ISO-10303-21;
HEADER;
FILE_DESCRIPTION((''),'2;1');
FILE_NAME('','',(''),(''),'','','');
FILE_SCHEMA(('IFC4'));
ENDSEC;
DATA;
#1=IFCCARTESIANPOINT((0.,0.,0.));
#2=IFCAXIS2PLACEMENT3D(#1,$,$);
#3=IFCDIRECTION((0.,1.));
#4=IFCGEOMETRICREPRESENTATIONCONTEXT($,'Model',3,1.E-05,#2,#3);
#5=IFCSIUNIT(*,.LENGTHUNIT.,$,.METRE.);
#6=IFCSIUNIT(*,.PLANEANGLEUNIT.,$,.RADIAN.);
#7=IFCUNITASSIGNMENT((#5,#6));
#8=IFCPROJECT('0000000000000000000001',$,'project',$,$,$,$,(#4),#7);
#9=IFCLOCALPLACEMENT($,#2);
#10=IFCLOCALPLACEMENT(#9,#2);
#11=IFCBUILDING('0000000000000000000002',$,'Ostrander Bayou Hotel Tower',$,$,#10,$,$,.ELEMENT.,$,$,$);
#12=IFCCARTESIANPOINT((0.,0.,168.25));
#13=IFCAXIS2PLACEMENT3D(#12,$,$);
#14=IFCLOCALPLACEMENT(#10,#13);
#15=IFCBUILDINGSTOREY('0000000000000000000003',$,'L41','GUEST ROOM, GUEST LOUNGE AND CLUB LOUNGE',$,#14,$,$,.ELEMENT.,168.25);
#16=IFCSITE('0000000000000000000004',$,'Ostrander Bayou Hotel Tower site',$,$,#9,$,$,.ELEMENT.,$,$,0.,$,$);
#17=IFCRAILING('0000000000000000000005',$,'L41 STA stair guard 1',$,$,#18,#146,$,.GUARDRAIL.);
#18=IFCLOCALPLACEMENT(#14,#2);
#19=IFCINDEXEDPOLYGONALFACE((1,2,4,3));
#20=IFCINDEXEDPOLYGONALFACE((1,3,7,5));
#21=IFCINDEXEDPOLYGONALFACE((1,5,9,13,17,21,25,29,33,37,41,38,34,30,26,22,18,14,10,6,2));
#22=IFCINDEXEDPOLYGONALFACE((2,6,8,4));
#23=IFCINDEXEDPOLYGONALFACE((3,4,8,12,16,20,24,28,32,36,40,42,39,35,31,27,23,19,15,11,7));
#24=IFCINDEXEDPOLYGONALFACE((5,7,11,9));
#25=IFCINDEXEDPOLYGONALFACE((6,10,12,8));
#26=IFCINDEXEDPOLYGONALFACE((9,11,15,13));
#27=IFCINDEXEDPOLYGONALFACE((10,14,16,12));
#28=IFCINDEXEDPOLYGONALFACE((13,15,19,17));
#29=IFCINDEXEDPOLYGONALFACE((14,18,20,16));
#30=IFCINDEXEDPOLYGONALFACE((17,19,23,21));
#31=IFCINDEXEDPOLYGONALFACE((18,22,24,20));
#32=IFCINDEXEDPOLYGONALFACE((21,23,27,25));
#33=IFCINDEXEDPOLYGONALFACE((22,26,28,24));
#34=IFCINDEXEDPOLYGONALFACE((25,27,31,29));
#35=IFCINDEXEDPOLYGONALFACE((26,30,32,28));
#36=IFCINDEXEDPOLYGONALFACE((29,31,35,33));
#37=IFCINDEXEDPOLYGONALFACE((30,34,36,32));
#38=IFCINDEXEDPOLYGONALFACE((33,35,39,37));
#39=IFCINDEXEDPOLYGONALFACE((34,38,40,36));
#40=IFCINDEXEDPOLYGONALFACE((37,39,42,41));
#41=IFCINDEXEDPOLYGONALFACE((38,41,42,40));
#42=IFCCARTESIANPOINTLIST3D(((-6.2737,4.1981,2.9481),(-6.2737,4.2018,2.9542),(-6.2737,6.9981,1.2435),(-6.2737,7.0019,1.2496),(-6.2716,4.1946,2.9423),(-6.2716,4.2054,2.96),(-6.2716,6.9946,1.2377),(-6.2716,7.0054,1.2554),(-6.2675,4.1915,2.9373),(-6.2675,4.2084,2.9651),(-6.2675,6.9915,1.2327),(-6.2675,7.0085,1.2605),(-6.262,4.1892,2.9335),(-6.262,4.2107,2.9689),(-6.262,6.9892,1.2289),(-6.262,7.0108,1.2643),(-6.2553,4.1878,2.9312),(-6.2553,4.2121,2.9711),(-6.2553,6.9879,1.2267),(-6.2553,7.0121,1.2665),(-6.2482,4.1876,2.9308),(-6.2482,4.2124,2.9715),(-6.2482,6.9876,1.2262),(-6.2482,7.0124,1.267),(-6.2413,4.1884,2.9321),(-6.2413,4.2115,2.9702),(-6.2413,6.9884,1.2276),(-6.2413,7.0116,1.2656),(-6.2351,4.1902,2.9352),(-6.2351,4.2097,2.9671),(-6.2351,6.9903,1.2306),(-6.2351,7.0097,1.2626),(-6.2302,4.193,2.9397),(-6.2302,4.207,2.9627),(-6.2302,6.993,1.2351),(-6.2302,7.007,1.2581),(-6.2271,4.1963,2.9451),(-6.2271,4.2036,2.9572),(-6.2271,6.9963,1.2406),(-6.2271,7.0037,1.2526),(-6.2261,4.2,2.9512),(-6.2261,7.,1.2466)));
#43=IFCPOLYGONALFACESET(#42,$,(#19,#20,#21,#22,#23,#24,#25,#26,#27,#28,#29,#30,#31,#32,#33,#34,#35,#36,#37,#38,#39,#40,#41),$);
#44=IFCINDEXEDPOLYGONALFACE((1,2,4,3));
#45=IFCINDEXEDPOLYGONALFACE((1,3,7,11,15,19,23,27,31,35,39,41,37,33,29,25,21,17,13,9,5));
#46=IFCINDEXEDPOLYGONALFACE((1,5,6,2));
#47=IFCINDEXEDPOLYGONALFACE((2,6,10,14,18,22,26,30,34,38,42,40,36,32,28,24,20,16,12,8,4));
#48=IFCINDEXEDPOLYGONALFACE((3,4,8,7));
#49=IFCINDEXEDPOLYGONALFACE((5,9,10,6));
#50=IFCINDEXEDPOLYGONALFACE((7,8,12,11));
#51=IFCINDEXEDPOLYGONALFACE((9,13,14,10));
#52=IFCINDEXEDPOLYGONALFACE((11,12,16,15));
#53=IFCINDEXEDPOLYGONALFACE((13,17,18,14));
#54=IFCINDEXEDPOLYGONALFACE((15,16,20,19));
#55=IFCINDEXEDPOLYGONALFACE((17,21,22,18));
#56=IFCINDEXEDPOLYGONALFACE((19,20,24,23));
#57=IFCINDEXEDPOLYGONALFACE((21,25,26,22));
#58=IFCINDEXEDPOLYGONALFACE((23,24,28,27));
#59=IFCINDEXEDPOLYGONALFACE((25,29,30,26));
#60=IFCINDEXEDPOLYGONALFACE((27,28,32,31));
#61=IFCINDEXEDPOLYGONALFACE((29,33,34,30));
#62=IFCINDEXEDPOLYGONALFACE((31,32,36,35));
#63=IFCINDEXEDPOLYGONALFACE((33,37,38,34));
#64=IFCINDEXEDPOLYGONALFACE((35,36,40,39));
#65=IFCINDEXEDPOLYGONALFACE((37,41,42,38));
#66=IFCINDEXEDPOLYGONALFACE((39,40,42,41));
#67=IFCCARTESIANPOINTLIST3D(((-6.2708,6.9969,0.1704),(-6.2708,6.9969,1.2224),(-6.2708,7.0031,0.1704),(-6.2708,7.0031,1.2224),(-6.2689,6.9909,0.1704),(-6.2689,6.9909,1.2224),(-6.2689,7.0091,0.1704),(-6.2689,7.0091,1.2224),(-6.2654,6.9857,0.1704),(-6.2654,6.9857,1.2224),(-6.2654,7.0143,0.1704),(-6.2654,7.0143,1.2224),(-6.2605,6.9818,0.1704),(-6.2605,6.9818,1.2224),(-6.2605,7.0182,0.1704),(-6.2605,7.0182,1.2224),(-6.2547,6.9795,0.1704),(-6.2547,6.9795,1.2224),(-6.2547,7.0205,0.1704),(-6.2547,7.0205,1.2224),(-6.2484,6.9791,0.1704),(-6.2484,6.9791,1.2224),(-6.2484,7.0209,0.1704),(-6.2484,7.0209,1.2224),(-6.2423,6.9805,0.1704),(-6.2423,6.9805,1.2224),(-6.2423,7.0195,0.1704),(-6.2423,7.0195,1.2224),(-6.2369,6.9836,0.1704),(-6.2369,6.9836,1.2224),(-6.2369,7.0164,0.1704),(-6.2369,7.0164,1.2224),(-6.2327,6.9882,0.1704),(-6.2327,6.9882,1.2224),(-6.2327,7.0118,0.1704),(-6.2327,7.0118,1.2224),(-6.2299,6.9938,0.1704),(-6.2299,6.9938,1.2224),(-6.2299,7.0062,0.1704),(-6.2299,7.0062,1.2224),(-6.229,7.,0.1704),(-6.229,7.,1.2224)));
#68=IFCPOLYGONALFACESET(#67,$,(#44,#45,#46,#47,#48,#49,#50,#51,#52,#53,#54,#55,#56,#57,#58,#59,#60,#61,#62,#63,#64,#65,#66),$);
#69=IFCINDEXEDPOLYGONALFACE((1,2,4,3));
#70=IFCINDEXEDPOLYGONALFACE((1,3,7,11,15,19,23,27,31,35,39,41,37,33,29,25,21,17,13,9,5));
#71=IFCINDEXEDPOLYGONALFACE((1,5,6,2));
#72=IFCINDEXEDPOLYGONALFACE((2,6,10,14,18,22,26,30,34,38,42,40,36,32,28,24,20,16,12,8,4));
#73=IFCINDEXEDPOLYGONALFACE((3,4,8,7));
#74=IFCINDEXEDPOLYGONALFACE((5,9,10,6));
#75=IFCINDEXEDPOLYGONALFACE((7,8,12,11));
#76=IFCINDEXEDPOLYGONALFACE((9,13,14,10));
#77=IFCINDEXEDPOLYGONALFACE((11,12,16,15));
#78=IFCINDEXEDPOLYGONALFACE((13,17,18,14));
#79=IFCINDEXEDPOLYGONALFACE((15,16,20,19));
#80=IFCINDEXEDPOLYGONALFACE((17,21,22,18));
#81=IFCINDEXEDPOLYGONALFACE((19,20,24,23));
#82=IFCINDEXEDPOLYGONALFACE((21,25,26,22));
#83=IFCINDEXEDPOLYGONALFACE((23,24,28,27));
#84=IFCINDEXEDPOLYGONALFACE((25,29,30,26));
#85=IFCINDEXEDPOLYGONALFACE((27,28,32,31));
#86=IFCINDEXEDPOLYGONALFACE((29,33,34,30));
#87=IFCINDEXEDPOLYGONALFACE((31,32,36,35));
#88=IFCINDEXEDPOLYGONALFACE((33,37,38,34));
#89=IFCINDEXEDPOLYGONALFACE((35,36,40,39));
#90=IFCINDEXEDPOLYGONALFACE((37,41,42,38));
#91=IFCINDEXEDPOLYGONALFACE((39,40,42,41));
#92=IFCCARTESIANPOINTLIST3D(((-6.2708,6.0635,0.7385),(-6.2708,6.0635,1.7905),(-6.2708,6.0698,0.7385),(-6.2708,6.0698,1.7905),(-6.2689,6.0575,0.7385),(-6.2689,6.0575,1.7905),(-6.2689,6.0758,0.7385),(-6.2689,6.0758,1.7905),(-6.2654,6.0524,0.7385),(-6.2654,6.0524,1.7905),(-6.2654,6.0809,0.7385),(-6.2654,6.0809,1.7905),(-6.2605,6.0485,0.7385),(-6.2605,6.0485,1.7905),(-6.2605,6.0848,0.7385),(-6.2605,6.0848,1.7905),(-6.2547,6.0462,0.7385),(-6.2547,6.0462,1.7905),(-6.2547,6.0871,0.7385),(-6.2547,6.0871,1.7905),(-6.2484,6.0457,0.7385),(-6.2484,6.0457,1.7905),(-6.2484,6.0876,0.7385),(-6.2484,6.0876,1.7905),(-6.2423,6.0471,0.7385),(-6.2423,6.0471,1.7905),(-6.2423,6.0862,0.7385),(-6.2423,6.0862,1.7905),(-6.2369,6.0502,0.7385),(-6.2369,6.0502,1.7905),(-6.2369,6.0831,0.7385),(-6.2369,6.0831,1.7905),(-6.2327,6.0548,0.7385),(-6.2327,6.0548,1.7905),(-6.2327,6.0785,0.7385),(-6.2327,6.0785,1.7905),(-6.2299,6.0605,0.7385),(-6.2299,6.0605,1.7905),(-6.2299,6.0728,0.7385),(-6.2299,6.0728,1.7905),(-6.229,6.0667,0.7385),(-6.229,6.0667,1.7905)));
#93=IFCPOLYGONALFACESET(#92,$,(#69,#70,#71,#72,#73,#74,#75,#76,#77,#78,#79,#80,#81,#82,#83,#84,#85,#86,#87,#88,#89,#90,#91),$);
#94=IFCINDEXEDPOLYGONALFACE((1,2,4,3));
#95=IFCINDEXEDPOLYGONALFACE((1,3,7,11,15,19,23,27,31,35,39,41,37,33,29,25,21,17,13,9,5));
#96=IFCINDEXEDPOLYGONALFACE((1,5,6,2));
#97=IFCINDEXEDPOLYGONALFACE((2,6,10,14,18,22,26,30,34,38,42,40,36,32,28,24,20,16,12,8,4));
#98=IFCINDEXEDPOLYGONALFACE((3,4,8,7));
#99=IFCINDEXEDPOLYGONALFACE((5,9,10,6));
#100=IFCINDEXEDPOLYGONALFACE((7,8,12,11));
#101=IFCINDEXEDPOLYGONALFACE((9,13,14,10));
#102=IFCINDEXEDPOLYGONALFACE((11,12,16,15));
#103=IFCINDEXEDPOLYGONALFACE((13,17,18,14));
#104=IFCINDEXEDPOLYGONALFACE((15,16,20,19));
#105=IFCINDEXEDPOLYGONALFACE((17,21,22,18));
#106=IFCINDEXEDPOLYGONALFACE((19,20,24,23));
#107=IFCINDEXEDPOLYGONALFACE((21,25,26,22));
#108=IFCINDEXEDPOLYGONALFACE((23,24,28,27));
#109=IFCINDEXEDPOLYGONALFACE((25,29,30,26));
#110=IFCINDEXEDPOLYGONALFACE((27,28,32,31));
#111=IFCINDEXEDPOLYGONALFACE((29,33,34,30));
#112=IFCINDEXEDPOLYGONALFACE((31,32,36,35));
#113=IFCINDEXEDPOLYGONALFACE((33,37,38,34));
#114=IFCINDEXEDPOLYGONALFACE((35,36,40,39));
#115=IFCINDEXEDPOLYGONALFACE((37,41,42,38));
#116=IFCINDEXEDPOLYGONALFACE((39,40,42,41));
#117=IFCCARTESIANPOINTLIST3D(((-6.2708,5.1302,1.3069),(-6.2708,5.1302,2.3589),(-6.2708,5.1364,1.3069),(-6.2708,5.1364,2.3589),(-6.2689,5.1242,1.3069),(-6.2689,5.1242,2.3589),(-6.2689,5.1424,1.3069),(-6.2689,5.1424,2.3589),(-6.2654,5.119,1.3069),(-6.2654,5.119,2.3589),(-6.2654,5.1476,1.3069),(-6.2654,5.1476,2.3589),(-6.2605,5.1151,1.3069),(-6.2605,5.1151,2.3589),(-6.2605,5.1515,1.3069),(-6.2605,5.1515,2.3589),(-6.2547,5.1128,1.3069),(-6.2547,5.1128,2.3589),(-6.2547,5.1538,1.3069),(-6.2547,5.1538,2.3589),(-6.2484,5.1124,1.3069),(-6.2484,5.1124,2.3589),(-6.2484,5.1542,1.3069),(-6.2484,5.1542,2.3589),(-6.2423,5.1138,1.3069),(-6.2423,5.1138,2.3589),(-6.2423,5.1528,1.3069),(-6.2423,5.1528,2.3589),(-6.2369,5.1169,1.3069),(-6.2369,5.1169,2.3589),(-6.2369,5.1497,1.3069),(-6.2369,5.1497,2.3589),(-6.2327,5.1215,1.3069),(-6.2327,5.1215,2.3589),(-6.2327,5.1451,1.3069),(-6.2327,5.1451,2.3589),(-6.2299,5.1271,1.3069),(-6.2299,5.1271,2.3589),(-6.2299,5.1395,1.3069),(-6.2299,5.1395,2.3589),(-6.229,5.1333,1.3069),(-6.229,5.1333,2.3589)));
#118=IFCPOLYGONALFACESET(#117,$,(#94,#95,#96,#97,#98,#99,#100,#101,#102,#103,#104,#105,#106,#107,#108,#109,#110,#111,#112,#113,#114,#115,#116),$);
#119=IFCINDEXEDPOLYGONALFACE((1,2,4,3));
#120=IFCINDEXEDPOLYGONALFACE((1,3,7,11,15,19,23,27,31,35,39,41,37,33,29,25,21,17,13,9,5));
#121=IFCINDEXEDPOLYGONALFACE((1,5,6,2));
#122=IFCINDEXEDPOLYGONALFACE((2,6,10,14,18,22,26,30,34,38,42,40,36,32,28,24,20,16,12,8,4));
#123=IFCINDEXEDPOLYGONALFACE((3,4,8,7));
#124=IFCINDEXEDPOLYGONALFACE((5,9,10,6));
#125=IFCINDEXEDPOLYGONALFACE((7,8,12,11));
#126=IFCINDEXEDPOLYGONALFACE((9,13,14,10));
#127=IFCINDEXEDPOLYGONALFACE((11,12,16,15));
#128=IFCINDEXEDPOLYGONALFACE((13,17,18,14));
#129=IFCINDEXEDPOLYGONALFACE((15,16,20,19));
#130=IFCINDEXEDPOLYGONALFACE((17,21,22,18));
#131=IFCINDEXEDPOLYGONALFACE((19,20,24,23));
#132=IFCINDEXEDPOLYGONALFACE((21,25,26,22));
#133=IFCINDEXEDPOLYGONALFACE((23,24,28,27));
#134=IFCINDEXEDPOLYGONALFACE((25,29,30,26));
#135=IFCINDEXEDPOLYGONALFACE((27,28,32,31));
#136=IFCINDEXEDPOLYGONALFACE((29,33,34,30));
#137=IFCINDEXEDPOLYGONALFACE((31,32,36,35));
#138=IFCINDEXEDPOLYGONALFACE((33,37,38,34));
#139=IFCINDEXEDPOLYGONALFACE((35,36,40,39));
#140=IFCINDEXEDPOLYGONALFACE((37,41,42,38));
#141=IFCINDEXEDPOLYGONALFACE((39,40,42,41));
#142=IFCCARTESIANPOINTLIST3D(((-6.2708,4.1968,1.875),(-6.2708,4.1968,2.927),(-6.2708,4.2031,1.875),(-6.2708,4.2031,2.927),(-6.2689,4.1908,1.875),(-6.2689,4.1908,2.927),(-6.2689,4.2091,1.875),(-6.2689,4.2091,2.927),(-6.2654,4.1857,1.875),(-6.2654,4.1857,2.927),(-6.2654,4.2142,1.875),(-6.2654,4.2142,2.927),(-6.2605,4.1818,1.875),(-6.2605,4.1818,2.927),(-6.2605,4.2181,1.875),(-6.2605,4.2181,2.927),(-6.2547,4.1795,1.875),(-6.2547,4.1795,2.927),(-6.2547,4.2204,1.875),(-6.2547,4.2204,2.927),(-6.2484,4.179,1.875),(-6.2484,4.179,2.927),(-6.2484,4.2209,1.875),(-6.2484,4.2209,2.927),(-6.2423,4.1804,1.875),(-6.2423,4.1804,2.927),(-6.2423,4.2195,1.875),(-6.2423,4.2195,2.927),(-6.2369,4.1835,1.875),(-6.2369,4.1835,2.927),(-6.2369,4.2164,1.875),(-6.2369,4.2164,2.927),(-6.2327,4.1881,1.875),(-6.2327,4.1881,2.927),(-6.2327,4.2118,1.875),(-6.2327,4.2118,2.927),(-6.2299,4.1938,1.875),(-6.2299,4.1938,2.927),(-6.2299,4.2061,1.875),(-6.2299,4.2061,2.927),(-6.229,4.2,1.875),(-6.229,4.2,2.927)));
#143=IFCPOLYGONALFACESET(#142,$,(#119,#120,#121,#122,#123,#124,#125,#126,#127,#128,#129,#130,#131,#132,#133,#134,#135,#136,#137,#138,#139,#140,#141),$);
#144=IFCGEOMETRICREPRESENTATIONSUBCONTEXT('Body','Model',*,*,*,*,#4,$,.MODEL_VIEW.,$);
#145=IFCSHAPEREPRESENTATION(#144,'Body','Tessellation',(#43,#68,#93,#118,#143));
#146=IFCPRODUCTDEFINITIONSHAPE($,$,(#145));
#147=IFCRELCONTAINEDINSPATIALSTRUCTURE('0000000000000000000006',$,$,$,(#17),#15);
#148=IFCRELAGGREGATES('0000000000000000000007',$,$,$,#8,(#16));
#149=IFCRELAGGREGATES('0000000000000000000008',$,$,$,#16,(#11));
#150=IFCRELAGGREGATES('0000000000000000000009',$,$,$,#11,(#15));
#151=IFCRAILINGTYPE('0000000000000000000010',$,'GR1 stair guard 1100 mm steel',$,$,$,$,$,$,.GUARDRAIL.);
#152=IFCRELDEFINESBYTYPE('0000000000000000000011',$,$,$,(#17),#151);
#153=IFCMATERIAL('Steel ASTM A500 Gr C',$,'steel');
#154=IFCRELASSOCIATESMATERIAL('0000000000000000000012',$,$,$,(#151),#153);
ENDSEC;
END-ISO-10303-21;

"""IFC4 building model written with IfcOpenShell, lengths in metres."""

from ifc_helpers import new_model, si_unit, direction, frame, origin, origin_2d, place, context, subcontext, project, spatial, circle, extrude, material, type_object, element, save


model = new_model("IFC4")

# Units and contexts
model_context = context("Model", 3, precision=1e-05, world=origin(), true_north=direction((0.0, 1.0)))
body_context = subcontext(model_context, "Body", "Model", "MODEL_VIEW")
ifc_project = project(units=[si_unit("LENGTHUNIT", "METRE"), si_unit("PLANEANGLEUNIT", "RADIAN")], contexts=[model_context])

# Site, building, storey
site_placement = place(None, origin())
site = spatial("IfcSite", under=ifc_project, at=site_placement, Name="Ostrander Bayou Hotel Tower site", CompositionType="ELEMENT", RefElevation=0.0)
building_placement = place(site_placement, origin())
building = spatial("IfcBuilding", under=site, at=building_placement, Name="Ostrander Bayou Hotel Tower", CompositionType="ELEMENT")
storey_placement = place(building_placement, frame((0.0, 0.0, 168.25)))
storey = spatial("IfcBuildingStorey", under=building, at=storey_placement, Name="L41", Description="GUEST ROOM, GUEST LOUNGE AND CLUB LOUNGE", CompositionType="ELEMENT", Elevation=168.25)

# Railing
ifc_material_1 = material(Name="Steel ASTM A500 Gr C", Category="steel")
railing_type_1 = type_object("IfcRailingType", Name="GR1 stair guard 1100 mm steel", PredefinedType="GUARDRAIL", material=ifc_material_1)
railing_1_placement = place(storey_placement, frame((-6.25, 7.0, 0.1704)))
element("IfcRailing", 1, at=railing_1_placement, inside=storey, type_object=railing_type_1, Name="L41 STA stair guard 1", PredefinedType="GUARDRAIL", context=body_context, shape_type="SweptSolid", body=[
    extrude(circle(Radius=0.0239, at=origin_2d()), frame((0.0, 0.0, 1.0762), z_axis=(0.0, -0.85417, 0.519994), x_axis=(1.0, 0.0, 0.0)), (0.0, 0.0, 1.0), 3.2781),
    extrude(circle(Radius=0.021, at=origin_2d()), origin(), (0.0, 0.0, 1.0), 1.052),
    extrude(circle(Radius=0.021, at=origin_2d()), frame((0.0, -0.9333, 0.5681)), (0.0, 0.0, 1.0), 1.052),
    extrude(circle(Radius=0.021, at=origin_2d()), frame((0.0, -1.8667, 1.1365)), (0.0, 0.0, 1.0), 1.052),
    extrude(circle(Radius=0.021, at=origin_2d()), frame((0.0, -2.8, 1.7046)), (0.0, 0.0, 1.0), 1.052),
])

save(model, "model.ifc")
